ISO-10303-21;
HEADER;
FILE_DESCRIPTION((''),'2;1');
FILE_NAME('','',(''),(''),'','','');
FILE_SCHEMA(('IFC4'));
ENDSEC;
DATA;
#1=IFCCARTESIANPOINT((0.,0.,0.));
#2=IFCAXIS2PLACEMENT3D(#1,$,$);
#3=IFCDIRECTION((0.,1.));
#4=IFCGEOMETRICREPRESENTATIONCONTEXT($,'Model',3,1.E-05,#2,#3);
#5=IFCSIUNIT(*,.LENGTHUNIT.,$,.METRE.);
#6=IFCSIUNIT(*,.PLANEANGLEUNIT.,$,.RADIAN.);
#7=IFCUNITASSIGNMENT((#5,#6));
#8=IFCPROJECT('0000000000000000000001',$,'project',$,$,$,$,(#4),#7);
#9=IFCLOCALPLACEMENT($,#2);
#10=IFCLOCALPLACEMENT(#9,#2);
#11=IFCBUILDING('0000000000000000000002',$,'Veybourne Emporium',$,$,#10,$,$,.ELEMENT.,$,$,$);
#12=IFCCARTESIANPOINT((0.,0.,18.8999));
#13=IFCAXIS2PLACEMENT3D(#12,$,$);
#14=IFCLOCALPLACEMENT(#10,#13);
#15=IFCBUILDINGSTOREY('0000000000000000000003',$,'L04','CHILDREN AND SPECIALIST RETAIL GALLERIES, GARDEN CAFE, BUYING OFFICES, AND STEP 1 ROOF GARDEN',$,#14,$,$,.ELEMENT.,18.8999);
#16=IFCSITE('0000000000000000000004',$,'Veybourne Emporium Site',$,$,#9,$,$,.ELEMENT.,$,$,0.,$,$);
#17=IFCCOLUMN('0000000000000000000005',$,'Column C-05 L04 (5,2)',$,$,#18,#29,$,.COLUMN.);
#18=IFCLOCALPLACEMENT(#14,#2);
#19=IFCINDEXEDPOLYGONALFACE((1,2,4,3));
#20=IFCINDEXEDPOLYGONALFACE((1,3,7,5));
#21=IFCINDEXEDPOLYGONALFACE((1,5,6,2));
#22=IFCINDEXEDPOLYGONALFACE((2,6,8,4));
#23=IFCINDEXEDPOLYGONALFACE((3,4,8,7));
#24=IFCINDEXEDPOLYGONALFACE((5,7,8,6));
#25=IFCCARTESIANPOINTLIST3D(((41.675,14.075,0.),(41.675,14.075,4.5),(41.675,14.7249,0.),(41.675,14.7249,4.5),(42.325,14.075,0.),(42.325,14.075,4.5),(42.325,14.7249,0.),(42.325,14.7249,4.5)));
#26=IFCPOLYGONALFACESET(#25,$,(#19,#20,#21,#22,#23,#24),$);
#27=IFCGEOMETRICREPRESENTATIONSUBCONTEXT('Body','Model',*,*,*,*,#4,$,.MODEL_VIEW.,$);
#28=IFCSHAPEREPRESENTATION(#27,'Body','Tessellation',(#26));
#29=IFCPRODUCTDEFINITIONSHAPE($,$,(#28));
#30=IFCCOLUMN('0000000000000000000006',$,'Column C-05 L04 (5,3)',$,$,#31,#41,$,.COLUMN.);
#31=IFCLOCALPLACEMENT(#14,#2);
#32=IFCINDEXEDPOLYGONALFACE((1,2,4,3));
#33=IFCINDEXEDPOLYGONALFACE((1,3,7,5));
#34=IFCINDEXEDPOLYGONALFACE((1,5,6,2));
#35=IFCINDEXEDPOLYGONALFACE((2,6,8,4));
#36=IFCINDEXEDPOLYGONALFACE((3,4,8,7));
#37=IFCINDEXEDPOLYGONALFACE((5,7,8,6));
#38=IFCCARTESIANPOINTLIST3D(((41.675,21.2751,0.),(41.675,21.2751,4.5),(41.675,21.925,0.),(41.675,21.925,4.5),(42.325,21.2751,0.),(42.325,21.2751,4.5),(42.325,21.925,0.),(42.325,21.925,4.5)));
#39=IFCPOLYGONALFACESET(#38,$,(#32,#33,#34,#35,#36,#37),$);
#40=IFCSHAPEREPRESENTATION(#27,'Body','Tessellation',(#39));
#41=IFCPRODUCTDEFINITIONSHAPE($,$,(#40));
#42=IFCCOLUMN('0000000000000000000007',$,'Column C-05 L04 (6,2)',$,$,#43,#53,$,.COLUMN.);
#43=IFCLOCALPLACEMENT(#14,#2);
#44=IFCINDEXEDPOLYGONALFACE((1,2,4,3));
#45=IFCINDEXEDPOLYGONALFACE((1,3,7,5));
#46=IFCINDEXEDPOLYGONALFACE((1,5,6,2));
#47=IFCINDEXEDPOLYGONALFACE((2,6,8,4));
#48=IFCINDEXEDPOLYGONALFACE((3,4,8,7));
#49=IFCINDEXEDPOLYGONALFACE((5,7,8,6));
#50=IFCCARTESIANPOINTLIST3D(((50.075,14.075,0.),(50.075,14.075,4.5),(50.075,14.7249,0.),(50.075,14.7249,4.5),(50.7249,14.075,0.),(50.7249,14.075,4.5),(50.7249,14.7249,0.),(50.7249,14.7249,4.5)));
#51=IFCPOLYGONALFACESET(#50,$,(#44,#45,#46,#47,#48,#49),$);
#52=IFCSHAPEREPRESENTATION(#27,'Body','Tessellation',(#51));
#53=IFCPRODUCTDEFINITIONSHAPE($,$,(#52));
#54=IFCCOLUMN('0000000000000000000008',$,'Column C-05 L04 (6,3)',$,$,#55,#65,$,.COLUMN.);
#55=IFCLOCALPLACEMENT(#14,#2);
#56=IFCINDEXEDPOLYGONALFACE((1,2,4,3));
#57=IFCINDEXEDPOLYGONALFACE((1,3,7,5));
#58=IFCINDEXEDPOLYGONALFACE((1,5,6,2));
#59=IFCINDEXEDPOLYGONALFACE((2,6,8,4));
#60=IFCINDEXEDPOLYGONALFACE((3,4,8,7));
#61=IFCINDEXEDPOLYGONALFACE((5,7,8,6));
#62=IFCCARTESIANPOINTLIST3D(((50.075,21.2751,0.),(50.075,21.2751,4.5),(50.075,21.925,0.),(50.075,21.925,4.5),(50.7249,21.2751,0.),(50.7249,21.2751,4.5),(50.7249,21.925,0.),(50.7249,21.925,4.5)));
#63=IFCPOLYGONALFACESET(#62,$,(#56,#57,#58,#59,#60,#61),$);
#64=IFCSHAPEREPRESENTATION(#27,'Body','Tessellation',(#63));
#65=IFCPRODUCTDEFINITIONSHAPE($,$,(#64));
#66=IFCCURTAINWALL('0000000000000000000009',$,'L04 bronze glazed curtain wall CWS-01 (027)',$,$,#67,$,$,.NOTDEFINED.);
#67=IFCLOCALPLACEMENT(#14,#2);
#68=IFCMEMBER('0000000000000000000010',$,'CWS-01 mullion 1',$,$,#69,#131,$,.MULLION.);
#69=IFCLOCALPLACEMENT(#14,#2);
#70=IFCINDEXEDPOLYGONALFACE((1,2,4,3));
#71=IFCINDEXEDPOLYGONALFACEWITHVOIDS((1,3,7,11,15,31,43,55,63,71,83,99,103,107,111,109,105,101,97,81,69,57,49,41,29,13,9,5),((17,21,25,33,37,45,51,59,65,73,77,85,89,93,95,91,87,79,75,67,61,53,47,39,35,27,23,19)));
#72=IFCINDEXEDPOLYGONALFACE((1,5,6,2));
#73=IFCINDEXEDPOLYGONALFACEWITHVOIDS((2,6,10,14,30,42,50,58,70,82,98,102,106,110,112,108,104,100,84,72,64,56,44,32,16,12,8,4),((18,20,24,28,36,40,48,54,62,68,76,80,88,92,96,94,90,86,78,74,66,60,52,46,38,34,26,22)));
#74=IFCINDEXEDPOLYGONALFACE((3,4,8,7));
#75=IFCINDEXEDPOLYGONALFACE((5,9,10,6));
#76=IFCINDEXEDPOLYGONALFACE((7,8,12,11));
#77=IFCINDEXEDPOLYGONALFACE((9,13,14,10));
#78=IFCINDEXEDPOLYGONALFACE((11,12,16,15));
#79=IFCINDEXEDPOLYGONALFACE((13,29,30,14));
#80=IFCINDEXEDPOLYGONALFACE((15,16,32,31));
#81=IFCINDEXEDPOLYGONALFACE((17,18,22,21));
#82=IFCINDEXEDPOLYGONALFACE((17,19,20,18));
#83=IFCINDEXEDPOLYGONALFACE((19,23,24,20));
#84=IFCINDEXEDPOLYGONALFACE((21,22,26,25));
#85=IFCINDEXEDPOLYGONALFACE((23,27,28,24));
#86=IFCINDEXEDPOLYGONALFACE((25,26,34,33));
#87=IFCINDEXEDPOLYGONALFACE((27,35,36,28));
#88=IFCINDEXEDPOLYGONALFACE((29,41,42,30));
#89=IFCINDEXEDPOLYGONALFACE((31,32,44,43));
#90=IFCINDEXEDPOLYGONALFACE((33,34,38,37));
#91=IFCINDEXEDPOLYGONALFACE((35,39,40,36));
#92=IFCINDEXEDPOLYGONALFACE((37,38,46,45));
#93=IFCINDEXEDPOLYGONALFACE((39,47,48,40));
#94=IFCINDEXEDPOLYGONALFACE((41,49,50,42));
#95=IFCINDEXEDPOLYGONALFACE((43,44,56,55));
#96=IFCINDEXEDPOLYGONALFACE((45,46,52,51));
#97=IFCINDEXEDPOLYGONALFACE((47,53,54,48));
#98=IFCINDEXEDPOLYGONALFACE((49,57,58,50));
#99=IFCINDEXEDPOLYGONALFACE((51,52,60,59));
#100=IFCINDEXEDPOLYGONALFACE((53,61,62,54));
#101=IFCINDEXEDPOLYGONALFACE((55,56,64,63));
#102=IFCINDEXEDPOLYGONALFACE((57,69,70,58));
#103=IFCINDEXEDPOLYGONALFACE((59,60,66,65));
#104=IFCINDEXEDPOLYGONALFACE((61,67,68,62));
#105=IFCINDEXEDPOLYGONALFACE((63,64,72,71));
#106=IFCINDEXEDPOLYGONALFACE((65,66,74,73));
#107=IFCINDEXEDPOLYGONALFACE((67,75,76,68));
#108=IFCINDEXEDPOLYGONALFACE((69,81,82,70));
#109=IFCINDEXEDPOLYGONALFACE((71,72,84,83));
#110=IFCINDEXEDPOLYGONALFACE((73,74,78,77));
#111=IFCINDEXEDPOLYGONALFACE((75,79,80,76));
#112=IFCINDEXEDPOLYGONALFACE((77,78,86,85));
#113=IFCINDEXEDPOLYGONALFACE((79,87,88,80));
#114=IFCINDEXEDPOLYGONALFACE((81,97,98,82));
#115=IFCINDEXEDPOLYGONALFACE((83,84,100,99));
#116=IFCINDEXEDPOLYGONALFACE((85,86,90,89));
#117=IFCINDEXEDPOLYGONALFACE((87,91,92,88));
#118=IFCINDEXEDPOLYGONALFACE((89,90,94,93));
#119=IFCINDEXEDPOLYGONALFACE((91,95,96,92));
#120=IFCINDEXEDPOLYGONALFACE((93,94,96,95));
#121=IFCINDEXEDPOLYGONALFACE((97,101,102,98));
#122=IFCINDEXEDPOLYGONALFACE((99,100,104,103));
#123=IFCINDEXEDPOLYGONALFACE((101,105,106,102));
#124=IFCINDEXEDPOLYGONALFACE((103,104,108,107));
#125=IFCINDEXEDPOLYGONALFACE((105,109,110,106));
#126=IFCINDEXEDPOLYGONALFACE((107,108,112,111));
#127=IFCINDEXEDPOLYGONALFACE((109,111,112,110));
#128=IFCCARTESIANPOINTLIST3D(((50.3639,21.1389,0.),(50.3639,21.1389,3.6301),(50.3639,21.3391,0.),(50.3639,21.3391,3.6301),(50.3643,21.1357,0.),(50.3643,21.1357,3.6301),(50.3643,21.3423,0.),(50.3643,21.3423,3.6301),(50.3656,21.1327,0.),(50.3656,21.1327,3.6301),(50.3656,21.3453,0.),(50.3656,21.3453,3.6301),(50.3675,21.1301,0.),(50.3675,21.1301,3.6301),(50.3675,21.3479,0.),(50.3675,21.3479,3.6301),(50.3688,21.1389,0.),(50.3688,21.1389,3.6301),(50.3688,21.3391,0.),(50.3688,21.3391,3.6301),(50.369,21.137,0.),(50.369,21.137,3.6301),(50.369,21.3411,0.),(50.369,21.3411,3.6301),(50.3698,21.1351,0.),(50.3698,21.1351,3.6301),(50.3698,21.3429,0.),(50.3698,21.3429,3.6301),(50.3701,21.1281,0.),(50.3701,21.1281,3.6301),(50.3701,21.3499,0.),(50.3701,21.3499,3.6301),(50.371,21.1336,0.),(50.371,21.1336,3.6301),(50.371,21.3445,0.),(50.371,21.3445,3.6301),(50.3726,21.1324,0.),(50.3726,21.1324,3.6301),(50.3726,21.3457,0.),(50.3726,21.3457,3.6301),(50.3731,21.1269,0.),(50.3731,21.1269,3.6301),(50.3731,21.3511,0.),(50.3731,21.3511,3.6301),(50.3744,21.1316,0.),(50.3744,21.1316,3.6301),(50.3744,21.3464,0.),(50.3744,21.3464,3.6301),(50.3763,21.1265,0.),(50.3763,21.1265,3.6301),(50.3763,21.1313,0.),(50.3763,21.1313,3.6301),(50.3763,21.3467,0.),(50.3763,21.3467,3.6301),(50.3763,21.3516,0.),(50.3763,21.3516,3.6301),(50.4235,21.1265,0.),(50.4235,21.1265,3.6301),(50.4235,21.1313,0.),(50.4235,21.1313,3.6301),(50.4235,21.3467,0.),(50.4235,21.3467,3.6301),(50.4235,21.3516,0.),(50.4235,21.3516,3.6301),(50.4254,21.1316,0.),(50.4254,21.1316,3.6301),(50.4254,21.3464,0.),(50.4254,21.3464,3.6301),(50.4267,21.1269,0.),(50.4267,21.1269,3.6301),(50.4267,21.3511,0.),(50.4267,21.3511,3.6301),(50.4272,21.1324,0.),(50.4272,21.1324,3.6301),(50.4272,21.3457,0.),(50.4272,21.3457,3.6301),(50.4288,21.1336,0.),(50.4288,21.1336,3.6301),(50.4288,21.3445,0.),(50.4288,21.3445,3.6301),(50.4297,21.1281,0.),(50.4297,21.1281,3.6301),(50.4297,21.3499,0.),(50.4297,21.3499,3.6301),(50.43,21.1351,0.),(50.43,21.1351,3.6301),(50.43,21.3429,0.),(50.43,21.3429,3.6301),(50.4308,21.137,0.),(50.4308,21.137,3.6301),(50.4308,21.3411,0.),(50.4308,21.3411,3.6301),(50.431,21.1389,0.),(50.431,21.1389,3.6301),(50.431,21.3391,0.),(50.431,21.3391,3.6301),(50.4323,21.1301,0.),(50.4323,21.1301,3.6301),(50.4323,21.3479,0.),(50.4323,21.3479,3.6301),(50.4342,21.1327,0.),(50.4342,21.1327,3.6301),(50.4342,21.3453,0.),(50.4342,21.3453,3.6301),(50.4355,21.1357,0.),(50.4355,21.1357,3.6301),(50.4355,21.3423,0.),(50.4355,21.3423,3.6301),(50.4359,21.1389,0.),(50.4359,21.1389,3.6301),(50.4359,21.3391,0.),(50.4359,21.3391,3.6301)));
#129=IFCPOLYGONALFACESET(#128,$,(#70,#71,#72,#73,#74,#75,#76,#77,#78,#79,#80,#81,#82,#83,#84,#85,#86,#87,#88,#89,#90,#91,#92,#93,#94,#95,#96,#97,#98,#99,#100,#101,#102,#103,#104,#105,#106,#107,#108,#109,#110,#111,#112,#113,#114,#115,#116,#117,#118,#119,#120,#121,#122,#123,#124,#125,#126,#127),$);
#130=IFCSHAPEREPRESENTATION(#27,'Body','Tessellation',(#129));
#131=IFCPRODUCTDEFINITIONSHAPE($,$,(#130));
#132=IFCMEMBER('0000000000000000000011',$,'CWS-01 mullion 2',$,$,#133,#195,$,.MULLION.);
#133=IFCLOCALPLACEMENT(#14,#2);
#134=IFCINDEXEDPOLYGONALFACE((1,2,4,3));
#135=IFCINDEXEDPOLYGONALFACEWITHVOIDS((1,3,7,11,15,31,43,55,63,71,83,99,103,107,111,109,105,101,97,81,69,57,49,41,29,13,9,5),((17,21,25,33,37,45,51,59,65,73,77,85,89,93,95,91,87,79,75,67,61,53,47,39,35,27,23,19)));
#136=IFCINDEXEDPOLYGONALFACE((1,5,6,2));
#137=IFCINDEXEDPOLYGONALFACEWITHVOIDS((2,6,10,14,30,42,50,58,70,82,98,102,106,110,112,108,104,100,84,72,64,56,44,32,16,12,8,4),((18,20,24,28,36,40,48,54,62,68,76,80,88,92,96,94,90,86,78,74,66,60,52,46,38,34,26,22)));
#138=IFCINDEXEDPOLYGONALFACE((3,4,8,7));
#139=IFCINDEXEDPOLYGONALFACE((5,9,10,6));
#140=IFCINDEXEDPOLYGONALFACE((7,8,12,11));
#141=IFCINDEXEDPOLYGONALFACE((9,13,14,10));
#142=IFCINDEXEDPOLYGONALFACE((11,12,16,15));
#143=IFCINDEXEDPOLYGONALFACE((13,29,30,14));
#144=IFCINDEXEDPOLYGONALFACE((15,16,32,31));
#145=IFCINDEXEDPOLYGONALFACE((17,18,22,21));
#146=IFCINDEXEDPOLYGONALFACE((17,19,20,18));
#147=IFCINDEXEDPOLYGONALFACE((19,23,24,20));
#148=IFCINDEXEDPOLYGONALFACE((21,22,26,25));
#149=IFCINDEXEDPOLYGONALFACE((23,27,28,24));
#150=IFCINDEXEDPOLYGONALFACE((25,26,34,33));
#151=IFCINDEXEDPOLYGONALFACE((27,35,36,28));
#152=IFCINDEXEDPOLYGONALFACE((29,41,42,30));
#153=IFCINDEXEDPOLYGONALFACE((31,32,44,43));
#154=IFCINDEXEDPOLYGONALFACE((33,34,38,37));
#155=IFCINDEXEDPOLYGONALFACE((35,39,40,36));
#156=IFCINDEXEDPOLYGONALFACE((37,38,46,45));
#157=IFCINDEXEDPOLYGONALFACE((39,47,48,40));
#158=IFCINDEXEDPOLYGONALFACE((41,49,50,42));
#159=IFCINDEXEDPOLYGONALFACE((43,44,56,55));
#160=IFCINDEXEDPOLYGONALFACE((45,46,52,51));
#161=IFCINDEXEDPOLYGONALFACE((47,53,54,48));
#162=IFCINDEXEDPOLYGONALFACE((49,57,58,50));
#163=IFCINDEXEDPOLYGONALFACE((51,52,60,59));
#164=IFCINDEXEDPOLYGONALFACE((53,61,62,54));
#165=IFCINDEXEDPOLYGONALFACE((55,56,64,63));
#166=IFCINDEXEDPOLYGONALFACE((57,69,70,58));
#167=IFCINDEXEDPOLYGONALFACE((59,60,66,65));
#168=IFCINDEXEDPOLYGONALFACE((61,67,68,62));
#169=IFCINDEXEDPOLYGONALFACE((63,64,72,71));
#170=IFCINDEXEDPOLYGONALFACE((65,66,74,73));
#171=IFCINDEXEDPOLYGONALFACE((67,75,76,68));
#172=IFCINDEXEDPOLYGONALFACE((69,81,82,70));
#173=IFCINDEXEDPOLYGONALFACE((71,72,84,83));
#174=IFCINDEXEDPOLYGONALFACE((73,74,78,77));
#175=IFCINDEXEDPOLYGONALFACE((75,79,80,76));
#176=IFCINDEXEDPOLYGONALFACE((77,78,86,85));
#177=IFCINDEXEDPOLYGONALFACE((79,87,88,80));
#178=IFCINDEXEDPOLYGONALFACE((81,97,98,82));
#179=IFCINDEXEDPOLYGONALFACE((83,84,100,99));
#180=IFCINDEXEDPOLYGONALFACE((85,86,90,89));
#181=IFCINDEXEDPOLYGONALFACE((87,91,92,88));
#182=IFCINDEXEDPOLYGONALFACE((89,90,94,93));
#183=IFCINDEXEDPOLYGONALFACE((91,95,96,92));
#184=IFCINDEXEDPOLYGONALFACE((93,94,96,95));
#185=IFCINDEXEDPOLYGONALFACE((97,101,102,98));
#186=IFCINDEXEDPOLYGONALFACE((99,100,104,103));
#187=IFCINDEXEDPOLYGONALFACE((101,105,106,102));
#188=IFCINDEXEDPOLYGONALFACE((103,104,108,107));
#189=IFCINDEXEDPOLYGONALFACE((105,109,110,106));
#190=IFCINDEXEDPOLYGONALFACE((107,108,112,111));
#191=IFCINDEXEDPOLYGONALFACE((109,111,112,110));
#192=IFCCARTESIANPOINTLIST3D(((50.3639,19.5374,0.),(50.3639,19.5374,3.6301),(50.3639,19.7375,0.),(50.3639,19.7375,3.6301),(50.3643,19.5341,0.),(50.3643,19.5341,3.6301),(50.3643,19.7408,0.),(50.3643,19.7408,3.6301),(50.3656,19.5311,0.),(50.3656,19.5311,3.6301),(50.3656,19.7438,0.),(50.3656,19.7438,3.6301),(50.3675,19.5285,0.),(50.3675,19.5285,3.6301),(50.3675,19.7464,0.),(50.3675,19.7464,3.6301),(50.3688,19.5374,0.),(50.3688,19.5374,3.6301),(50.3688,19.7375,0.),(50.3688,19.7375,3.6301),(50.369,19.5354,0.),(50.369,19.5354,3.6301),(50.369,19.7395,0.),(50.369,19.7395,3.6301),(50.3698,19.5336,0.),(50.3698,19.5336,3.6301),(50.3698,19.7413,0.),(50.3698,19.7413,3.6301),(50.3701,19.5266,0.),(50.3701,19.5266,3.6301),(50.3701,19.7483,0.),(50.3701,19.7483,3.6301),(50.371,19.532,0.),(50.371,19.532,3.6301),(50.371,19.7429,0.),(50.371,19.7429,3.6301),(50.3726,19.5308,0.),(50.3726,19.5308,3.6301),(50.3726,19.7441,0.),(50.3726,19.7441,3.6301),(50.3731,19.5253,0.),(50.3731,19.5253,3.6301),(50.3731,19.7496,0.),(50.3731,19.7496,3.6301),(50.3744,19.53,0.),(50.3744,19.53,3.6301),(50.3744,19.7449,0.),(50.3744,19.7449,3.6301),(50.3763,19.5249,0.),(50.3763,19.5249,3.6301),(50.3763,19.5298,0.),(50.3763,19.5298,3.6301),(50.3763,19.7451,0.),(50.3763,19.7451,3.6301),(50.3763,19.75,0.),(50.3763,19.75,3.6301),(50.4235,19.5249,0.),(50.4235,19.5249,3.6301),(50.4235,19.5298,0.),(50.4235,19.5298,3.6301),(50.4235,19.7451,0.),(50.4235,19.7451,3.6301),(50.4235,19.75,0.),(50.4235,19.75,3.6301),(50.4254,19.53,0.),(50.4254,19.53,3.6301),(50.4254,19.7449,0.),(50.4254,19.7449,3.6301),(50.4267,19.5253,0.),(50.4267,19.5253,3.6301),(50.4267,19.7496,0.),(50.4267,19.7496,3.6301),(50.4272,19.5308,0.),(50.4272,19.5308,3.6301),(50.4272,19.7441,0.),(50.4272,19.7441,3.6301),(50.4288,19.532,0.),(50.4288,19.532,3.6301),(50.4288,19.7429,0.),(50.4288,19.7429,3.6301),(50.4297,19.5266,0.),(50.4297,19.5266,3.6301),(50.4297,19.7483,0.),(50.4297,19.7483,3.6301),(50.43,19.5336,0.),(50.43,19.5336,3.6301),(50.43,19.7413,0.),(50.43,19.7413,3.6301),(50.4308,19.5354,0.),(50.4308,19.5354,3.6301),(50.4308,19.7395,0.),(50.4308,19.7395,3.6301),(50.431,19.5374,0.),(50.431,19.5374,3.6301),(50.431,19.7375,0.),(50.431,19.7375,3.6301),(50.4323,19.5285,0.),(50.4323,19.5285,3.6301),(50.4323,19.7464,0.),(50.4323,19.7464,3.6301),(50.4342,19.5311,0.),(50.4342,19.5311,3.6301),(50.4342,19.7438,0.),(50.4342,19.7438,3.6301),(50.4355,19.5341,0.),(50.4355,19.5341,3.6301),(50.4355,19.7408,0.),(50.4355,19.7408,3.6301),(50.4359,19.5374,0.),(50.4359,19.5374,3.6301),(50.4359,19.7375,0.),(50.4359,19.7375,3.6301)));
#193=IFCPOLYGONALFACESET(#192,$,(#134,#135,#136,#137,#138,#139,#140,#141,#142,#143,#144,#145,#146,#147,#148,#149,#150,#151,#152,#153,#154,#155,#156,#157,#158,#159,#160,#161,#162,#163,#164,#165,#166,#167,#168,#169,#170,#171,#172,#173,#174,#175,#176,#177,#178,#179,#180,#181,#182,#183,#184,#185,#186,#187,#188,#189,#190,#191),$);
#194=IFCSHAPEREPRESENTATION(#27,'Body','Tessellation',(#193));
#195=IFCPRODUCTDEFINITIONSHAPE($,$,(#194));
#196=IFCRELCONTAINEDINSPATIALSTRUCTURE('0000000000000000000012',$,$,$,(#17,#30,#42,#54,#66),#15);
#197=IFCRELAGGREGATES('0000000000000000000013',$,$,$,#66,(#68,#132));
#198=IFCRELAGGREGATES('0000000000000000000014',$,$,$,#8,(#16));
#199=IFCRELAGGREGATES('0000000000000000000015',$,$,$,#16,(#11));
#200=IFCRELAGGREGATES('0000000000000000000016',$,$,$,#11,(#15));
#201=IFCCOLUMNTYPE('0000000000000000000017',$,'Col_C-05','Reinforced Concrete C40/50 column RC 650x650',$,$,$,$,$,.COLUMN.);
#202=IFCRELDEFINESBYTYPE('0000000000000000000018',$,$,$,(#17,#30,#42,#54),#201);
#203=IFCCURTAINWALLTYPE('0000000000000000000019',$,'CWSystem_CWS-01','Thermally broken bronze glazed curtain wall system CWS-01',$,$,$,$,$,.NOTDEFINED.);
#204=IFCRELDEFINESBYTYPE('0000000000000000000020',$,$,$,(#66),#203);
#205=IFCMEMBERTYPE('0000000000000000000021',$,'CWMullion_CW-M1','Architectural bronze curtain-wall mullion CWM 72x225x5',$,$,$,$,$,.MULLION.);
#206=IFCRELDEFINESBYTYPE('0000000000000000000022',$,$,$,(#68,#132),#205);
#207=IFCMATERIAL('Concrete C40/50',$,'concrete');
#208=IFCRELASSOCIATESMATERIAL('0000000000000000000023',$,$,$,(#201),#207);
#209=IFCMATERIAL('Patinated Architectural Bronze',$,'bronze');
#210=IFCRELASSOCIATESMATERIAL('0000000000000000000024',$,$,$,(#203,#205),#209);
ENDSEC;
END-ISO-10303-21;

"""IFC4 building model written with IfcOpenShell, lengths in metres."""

from ifc_helpers import new_model, si_unit, direction, frame, origin, origin_2d, place, context, subcontext, project, spatial, rectangle, hollow_rectangle, extrude, material, material_profile, profile_set, type_object, element, aggregate, save


model = new_model("IFC4")

# Units and contexts
model_context = context("Model", 3, precision=1e-05, world=origin(), true_north=direction((0.0, 1.0)))
body_context = subcontext(model_context, "Body", "Model", "MODEL_VIEW")
ifc_project = project(units=[si_unit("LENGTHUNIT", "METRE"), si_unit("PLANEANGLEUNIT", "RADIAN")], contexts=[model_context])

# Site, building, storey
site_placement = place(None, origin())
site = spatial("IfcSite", under=ifc_project, at=site_placement, Name="Veybourne Emporium Site", CompositionType="ELEMENT", RefElevation=0.0)
building_placement = place(site_placement, origin())
building = spatial("IfcBuilding", under=site, at=building_placement, Name="Veybourne Emporium", CompositionType="ELEMENT")
storey_placement = place(building_placement, frame((0.0, 0.0, 18.8999)))
storey = spatial("IfcBuildingStorey", under=building, at=storey_placement, Name="L04", Description="CHILDREN AND SPECIALIST RETAIL GALLERIES, GARDEN CAFE, BUYING OFFICES, AND STEP 1 ROOF GARDEN", CompositionType="ELEMENT", Elevation=18.8999)

# Columns
ifc_material_1 = material(Name="Concrete C40/50", Category="concrete")
ifc_material_profile_1 = material_profile(ifc_material_1, rectangle(XDim=0.6499, YDim=0.6499, at=origin_2d()), Name="RC 650x650")
ifc_profile_set_1 = profile_set([ifc_material_profile_1], Name="Concrete C40/50")
column_type = type_object("IfcColumnType", Name="Col_C-05", Description="Reinforced Concrete C40/50 column RC 650x650", PredefinedType="COLUMN", material=ifc_profile_set_1)
for number, where, z_axis, x_axis, name in (
    (1, (42.0, 14.3999, 0.0), (0.0, 0.0, 1.0), (1.0, 0.0, 0.0), "Column C-05 L04 (5,2)"),
    (2, (42.0, 21.6001, 0.0), (0.0, 0.0, 1.0), (1.0, 0.0, 0.0), "Column C-05 L04 (5,3)"),
    (3, (50.3999, 14.3999, 0.0), (0.0, 0.0, 1.0), (1.0, 0.0, 0.0), "Column C-05 L04 (6,2)"),
    (4, (50.3999, 21.6001, 0.0), (0.0, 0.0, 1.0), (1.0, 0.0, 0.0), "Column C-05 L04 (6,3)"),
):
    element("IfcColumn", number, at=place(storey_placement, frame(where, z_axis=z_axis, x_axis=x_axis)), inside=storey, type_object=column_type, Name=name, PredefinedType="COLUMN", context=body_context, shape_type="SweptSolid", body=[
        extrude(rectangle(XDim=0.6499, YDim=0.6499, at=origin_2d()), origin(), (0.0, 0.0, 1.0), 4.5),
    ])

# Curtain wall, members
ifc_material_2 = material(Name="Patinated Architectural Bronze", Category="bronze")
curtain_wall_type = type_object("IfcCurtainWallType", Name="CWSystem_CWS-01", Description="Thermally broken bronze glazed curtain wall system CWS-01", PredefinedType="NOTDEFINED", material=ifc_material_2)
curtain_wall_placement = place(storey_placement, origin())
curtain_wall = element("IfcCurtainWall", 5, at=curtain_wall_placement, inside=storey, type_object=curtain_wall_type, Name="L04 bronze glazed curtain wall CWS-01 (027)", PredefinedType="NOTDEFINED")
ifc_material_profile_2 = material_profile(ifc_material_2, hollow_rectangle(XDim=0.072, YDim=0.2251, WallThickness=0.0049, InnerFilletRadius=0.0076, OuterFilletRadius=0.0125, at=origin_2d()), Name="CWM 72x225x5")
ifc_profile_set_2 = profile_set([ifc_material_profile_2], Name="Patinated Architectural Bronze")
member_type = type_object("IfcMemberType", Name="CWMullion_CW-M1", Description="Architectural bronze curtain-wall mullion CWM 72x225x5", PredefinedType="MULLION", material=ifc_profile_set_2)
member_1_placement = place(storey_placement, frame((50.3999, 21.239, 0.0), z_axis=(0.0, 0.0, 1.0), x_axis=(1.0, 0.0, 0.0)))
member_1 = element("IfcMember", 6, at=member_1_placement, type_object=member_type, Name="CWS-01 mullion 1", PredefinedType="MULLION", context=body_context, shape_type="SweptSolid", body=[
    extrude(hollow_rectangle(XDim=0.072, YDim=0.2251, WallThickness=0.0049, InnerFilletRadius=0.0076, OuterFilletRadius=0.0125, at=origin_2d()), origin(), (0.0, 0.0, 1.0), 3.6301),
])
member_2_placement = place(storey_placement, frame((50.3999, 19.6375, 0.0), z_axis=(0.0, 0.0, 1.0), x_axis=(1.0, 0.0, 0.0)))
member_2 = element("IfcMember", 7, at=member_2_placement, type_object=member_type, Name="CWS-01 mullion 2", PredefinedType="MULLION", context=body_context, shape_type="SweptSolid", body=[
    extrude(hollow_rectangle(XDim=0.072, YDim=0.2251, WallThickness=0.0049, InnerFilletRadius=0.0076, OuterFilletRadius=0.0125, at=origin_2d()), origin(), (0.0, 0.0, 1.0), 3.6301),
])
aggregate(curtain_wall, [member_1, member_2])

save(model, "model.ifc")
